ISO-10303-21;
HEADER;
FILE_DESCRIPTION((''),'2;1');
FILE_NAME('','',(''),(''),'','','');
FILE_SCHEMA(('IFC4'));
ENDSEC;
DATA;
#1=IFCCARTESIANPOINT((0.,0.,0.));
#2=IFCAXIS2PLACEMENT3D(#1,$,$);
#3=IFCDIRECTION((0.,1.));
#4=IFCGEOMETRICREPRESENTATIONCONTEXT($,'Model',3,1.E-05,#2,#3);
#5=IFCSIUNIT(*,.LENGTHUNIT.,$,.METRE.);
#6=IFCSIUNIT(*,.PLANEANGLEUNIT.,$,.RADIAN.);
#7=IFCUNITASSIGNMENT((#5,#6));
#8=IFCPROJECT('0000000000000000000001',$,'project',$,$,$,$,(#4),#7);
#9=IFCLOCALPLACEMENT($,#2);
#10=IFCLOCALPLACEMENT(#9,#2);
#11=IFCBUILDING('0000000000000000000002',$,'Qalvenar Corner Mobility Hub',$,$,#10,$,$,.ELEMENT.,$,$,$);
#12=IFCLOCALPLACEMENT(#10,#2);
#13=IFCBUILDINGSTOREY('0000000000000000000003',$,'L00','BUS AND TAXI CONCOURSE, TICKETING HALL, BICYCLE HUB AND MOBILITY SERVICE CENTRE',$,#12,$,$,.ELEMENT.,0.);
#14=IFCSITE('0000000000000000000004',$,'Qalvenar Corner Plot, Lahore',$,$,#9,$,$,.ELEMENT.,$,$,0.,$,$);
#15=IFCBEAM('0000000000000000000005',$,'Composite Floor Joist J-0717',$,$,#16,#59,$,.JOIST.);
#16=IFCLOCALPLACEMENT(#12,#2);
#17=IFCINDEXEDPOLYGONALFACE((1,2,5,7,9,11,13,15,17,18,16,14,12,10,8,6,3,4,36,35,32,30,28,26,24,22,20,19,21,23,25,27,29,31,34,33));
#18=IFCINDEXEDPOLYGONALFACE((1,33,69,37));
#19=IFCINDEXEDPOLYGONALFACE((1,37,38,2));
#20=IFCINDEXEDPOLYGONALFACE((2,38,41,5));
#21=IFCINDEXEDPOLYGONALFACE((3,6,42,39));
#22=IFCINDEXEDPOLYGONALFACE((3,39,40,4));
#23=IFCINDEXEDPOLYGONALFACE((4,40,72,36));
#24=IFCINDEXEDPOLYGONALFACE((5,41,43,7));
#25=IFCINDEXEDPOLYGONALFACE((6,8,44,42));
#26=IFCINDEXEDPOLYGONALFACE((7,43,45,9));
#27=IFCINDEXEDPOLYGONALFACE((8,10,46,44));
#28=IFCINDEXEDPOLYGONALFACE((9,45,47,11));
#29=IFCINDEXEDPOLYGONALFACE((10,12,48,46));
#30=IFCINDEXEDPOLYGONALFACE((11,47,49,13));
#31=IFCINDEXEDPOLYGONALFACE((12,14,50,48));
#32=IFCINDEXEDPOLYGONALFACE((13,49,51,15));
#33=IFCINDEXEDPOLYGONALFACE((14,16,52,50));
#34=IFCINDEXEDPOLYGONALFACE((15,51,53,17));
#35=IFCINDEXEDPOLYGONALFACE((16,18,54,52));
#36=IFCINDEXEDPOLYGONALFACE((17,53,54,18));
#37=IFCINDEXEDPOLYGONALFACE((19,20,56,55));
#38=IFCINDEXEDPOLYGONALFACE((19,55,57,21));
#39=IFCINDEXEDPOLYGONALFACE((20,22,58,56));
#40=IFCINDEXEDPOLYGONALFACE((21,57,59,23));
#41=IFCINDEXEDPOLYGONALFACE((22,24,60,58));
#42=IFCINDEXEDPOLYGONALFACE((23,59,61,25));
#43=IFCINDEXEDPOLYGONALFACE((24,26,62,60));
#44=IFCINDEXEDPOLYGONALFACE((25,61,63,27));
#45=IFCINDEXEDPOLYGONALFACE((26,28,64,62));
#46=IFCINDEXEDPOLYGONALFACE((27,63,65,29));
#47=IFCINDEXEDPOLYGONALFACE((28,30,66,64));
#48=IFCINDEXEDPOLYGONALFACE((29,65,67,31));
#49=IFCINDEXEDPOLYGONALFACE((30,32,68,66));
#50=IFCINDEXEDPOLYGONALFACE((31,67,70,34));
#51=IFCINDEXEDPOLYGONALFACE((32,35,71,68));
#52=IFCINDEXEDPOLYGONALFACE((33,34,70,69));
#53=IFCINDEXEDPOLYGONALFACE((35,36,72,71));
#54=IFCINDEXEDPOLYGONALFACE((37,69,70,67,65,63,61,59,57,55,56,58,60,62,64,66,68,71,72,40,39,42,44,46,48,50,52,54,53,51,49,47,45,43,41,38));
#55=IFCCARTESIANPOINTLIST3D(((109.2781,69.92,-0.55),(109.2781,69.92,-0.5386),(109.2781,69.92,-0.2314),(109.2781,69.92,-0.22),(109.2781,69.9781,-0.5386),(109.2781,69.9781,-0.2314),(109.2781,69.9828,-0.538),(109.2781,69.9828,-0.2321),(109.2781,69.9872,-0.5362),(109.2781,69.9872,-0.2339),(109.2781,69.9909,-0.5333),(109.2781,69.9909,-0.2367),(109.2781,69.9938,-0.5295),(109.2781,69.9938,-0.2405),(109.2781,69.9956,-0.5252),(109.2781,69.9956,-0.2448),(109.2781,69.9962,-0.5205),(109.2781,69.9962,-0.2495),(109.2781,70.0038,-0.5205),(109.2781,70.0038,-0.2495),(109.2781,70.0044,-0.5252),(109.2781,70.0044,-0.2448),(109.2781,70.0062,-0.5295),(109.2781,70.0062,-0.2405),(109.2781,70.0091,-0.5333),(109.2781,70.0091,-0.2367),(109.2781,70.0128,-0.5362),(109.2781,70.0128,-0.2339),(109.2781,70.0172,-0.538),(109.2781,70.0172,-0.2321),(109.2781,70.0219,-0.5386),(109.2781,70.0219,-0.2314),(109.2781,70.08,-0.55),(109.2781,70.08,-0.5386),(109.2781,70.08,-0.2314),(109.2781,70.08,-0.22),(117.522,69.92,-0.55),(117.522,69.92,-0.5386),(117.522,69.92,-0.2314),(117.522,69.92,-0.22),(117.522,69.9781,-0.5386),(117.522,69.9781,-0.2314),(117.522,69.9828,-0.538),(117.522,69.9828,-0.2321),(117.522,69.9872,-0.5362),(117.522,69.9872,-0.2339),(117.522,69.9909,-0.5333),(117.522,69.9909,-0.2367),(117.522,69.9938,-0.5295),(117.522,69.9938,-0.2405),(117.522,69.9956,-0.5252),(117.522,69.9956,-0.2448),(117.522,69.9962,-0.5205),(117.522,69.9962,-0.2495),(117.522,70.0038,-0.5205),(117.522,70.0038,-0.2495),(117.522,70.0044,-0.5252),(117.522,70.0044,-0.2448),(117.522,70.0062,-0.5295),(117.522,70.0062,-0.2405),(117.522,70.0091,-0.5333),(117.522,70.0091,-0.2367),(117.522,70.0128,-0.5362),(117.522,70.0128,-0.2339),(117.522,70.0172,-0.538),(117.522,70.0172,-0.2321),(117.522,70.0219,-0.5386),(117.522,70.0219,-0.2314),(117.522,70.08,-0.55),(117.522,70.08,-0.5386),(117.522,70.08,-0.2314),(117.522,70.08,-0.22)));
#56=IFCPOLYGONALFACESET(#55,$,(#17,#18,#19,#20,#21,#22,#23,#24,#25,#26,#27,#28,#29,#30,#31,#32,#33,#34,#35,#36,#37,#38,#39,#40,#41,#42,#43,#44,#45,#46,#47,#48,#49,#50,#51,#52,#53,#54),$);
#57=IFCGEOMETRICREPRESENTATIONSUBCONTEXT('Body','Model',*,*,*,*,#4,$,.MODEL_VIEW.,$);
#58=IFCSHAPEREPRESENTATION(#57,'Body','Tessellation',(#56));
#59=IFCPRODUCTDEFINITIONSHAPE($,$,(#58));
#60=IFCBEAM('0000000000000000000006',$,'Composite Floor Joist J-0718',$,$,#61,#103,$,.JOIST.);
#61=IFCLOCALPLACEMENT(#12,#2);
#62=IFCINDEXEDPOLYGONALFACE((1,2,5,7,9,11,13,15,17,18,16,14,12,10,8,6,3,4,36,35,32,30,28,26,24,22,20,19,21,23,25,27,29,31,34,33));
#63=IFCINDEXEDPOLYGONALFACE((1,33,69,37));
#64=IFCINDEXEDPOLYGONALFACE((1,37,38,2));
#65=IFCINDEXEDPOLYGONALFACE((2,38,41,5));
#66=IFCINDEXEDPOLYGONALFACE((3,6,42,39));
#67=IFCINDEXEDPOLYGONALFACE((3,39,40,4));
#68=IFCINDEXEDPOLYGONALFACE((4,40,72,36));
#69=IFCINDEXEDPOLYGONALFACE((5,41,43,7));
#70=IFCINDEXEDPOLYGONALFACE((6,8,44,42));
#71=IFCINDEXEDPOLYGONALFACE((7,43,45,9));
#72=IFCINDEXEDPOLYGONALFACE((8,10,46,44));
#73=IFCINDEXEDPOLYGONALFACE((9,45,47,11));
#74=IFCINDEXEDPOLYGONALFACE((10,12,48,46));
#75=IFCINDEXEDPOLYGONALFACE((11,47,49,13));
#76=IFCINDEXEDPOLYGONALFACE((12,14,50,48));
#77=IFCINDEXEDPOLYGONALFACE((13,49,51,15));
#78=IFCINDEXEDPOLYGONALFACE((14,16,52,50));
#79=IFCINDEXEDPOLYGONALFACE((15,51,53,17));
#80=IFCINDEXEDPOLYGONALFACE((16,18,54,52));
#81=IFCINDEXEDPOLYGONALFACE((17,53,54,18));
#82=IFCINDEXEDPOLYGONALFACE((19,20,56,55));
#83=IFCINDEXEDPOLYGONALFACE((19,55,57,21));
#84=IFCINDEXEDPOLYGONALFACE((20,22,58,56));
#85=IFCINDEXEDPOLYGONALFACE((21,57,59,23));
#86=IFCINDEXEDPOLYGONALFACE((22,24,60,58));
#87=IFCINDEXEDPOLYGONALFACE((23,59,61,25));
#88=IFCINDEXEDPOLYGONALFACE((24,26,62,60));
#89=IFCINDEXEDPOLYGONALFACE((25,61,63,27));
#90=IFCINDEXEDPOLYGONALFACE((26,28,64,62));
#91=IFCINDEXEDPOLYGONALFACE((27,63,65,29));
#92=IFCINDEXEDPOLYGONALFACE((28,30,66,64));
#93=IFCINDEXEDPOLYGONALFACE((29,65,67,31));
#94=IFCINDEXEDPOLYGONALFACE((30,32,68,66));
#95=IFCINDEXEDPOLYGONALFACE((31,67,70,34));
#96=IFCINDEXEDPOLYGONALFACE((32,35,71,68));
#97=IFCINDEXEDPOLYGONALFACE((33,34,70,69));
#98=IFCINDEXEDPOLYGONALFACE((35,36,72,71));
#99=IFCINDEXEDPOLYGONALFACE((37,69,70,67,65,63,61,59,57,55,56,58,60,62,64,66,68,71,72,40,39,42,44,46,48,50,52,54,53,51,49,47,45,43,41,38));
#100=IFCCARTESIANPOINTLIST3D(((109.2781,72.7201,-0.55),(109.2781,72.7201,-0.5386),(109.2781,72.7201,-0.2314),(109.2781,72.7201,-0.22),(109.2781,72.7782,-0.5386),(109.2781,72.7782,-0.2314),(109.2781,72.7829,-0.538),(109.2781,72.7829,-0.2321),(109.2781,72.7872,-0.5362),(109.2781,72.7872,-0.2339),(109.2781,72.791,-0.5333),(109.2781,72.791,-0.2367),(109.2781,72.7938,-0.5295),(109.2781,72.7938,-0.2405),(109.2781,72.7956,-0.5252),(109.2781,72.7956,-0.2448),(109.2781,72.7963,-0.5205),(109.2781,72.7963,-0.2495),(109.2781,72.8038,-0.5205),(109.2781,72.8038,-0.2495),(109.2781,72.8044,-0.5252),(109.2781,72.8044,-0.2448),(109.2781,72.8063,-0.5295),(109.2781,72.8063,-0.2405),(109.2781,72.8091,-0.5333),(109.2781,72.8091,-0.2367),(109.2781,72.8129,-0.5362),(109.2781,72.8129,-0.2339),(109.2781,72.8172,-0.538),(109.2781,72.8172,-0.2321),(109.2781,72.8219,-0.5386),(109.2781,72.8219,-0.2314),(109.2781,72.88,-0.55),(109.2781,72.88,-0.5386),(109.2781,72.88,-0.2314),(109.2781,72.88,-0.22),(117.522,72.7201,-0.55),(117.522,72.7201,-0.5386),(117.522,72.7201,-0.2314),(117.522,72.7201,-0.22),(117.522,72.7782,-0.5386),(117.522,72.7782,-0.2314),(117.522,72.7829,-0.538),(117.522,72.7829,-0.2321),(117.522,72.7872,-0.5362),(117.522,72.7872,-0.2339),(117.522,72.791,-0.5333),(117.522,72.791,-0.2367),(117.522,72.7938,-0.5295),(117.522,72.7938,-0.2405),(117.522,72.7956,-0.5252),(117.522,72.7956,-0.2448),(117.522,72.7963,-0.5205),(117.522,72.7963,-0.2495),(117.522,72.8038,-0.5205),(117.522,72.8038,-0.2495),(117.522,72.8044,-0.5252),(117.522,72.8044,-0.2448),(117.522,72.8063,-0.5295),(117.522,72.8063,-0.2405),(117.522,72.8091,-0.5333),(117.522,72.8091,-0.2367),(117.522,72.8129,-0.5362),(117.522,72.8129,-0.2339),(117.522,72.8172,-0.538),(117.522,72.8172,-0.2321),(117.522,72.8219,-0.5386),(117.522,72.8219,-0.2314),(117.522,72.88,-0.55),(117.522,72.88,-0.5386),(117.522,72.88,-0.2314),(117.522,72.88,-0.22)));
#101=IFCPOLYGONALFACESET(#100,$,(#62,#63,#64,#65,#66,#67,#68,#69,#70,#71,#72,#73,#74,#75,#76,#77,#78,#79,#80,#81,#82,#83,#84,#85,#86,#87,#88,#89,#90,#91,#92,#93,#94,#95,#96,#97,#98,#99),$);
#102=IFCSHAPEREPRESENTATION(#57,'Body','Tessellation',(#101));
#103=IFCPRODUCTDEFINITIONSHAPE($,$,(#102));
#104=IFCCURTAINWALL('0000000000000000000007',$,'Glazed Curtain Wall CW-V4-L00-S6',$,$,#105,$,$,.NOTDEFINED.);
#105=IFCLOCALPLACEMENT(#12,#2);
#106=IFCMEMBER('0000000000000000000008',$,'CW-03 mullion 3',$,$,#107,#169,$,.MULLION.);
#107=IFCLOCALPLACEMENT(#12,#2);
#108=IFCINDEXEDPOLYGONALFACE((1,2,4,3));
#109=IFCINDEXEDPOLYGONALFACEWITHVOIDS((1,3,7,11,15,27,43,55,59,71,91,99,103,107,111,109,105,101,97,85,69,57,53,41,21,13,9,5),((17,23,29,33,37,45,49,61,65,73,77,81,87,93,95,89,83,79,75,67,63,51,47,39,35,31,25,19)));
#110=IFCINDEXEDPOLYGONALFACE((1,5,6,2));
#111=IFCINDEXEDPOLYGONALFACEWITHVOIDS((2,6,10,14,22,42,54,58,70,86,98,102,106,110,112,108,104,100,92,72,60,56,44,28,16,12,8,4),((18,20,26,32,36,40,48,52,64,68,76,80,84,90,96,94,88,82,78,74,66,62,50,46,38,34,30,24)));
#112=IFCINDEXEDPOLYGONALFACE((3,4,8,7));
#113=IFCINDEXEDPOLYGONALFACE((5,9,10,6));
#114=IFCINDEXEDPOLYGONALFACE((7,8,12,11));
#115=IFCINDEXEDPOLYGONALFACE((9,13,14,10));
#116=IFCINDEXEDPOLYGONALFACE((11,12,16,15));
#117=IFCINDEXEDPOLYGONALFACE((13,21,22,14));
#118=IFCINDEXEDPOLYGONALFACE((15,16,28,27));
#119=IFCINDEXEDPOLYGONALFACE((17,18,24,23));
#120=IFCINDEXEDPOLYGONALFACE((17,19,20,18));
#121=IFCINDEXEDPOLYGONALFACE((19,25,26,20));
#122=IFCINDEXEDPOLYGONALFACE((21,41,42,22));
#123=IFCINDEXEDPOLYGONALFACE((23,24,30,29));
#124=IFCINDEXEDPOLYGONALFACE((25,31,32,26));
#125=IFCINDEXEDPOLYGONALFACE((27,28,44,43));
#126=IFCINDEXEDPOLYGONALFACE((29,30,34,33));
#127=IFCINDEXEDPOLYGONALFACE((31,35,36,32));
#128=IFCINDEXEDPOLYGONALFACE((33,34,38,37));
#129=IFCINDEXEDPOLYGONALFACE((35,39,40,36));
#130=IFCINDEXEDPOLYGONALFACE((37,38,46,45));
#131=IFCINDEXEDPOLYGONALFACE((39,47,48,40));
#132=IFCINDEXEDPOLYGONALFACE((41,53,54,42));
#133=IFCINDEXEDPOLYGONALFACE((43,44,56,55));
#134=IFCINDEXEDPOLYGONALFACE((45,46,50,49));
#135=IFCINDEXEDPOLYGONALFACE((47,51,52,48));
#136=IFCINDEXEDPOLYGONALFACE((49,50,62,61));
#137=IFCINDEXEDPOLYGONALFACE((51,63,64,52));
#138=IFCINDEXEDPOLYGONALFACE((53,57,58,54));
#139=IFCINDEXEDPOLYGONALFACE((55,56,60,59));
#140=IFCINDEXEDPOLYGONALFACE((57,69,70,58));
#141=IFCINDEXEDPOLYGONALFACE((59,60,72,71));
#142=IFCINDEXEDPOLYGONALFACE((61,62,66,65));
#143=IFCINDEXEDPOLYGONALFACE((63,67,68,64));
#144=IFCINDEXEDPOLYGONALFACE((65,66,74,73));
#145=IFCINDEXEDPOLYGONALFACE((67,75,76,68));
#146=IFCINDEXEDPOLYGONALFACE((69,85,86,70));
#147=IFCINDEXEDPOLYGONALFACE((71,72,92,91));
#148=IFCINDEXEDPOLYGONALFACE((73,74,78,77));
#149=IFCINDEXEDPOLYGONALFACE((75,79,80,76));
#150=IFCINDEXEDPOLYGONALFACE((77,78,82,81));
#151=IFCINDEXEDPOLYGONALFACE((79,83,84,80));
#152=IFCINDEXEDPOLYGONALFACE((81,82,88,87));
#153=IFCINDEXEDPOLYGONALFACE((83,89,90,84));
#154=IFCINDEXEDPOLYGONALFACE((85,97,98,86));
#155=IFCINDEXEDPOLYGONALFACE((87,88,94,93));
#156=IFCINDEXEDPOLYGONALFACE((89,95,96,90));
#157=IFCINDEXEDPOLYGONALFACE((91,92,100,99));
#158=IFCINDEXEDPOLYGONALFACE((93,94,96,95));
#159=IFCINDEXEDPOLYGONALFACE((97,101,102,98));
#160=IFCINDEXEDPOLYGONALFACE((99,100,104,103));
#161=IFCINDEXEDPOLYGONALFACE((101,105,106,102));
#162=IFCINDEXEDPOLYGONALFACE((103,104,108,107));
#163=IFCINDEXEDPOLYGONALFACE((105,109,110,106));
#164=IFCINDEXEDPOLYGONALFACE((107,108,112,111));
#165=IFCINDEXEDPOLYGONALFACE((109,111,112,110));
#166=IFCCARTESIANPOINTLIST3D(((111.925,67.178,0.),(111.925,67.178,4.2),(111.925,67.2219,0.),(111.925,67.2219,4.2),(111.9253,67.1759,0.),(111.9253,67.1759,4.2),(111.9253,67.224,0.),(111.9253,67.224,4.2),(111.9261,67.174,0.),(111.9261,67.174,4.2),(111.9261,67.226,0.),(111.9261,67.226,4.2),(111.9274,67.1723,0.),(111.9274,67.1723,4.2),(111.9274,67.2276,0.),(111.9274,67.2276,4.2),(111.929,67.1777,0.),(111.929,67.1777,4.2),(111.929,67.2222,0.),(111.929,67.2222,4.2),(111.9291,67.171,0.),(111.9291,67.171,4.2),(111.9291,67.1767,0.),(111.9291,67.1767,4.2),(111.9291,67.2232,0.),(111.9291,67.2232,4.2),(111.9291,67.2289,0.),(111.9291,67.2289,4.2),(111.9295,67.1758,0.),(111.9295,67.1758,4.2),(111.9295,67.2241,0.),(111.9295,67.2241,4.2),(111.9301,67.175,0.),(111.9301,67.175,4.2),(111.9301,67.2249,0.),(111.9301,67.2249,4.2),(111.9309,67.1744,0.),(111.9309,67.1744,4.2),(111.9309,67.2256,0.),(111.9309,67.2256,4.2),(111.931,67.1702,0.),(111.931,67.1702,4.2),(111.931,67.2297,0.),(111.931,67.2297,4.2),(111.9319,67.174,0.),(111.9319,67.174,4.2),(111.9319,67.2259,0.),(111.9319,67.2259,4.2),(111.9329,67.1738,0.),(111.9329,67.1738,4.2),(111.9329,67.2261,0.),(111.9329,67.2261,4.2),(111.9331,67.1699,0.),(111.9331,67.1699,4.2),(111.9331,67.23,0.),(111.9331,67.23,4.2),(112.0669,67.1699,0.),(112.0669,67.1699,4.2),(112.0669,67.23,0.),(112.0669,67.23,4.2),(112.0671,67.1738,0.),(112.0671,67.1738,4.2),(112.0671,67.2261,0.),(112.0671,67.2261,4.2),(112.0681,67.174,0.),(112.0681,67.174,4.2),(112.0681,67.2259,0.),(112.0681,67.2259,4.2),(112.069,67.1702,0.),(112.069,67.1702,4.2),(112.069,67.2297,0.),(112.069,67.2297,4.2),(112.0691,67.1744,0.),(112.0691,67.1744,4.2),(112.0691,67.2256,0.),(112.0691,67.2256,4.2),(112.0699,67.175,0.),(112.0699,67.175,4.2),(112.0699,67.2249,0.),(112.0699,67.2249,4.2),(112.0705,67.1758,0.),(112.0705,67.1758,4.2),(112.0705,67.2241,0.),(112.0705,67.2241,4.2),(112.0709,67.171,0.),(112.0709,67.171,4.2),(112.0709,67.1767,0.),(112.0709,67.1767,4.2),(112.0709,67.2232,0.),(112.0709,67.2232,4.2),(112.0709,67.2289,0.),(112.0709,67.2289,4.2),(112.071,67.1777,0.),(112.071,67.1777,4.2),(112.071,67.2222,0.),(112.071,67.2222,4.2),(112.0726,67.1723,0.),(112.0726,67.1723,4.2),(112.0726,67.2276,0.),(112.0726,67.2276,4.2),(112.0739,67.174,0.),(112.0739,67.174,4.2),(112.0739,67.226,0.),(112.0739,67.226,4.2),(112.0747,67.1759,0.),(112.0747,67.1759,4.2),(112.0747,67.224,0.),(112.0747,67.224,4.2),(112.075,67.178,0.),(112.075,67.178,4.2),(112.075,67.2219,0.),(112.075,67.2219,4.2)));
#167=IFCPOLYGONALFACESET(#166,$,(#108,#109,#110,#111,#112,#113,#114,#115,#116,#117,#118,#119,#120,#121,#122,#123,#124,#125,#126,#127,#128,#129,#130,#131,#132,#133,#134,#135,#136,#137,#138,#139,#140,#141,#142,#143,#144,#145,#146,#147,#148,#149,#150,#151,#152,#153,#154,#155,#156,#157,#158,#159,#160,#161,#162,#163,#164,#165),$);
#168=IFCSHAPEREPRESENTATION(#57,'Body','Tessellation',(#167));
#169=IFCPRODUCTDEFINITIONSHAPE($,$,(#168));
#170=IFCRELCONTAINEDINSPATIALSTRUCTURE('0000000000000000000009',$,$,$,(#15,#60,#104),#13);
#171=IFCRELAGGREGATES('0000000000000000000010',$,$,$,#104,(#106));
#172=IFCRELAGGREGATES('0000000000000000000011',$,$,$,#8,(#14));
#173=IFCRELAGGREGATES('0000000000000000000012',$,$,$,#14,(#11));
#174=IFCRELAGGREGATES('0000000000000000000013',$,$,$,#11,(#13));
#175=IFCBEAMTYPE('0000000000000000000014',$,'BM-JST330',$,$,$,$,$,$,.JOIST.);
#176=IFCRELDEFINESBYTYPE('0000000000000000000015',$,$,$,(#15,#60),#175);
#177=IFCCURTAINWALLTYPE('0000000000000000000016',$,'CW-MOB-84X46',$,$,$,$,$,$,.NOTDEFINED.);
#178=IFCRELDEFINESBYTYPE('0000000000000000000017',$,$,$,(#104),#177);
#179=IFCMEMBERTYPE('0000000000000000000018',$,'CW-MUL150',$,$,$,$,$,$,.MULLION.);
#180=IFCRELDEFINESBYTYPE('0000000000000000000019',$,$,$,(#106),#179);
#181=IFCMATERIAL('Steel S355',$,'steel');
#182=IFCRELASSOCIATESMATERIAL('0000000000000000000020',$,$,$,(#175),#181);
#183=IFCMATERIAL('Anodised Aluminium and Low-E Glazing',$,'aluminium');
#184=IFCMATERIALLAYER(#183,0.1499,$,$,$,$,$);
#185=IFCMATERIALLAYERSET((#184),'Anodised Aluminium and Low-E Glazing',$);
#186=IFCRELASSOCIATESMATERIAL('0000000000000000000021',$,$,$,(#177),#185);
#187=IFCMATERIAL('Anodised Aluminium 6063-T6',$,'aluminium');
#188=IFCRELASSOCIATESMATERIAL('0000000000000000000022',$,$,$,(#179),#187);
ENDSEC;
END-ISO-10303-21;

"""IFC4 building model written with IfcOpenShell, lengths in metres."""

from ifc_helpers import new_model, si_unit, direction, frame, origin, origin_2d, place, context, subcontext, project, spatial, hollow_rectangle, i_section, extrude, material, layer, layer_set, material_profile, profile_set, type_object, element, aggregate, save


model = new_model("IFC4")

# Units and contexts
model_context = context("Model", 3, precision=1e-05, world=origin(), true_north=direction((0.0, 1.0)))
body_context = subcontext(model_context, "Body", "Model", "MODEL_VIEW")
ifc_project = project(units=[si_unit("LENGTHUNIT", "METRE"), si_unit("PLANEANGLEUNIT", "RADIAN")], contexts=[model_context])

# Site, building, storey
site_placement = place(None, origin())
site = spatial("IfcSite", under=ifc_project, at=site_placement, Name="Qalvenar Corner Plot, Lahore", CompositionType="ELEMENT", RefElevation=0.0)
building_placement = place(site_placement, origin())
building = spatial("IfcBuilding", under=site, at=building_placement, Name="Qalvenar Corner Mobility Hub", CompositionType="ELEMENT")
storey_placement = place(building_placement, origin())
storey = spatial("IfcBuildingStorey", under=building, at=storey_placement, Name="L00", Description="BUS AND TAXI CONCOURSE, TICKETING HALL, BICYCLE HUB AND MOBILITY SERVICE CENTRE", CompositionType="ELEMENT", Elevation=0.0)

# Shared definitions
ifc_material_1 = material(Name="Steel S355", Category="steel")

# Beams
ifc_material_profile_1 = material_profile(ifc_material_1, i_section(OverallWidth=0.1599, OverallDepth=0.3301, WebThickness=0.0076, FlangeThickness=0.0115, FilletRadius=0.0181, at=origin_2d()), Name="IPE330")
ifc_profile_set_1 = profile_set([ifc_material_profile_1], Name="Steel S355")
beam_type_1 = type_object("IfcBeamType", Name="BM-JST330", PredefinedType="JOIST", material=ifc_profile_set_1)
for number, where, z_axis, x_axis, name in (
    (1, (109.2781, 70.0, -0.385), (1.0, 0.0, 0.0), (0.0, 1.0, 0.0), "Composite Floor Joist J-0717"),
    (2, (109.2781, 72.8, -0.385), (1.0, 0.0, 0.0), (0.0, 1.0, 0.0), "Composite Floor Joist J-0718"),
):
    element("IfcBeam", number, at=place(storey_placement, frame(where, z_axis=z_axis, x_axis=x_axis)), inside=storey, type_object=beam_type_1, Name=name, PredefinedType="JOIST", context=body_context, shape_type="SweptSolid", body=[
        extrude(i_section(OverallWidth=0.1599, OverallDepth=0.3301, WebThickness=0.0076, FlangeThickness=0.0115, FilletRadius=0.0181, at=origin_2d()), origin(), (0.0, 0.0, 1.0), 8.2439),
    ])

# Curtain wall, member
ifc_material_2 = material(Name="Anodised Aluminium and Low-E Glazing", Category="aluminium")
ifc_layer_1 = layer(ifc_material_2, 0.1499)
ifc_layer_set_1 = layer_set([ifc_layer_1], Name="Anodised Aluminium and Low-E Glazing")
curtain_wall_type = type_object("IfcCurtainWallType", Name="CW-MOB-84X46", PredefinedType="NOTDEFINED", material=ifc_layer_set_1)
curtain_wall_placement = place(storey_placement, origin())
curtain_wall = element("IfcCurtainWall", 3, at=curtain_wall_placement, inside=storey, type_object=curtain_wall_type, Name="Glazed Curtain Wall CW-V4-L00-S6", PredefinedType="NOTDEFINED")
ifc_material_3 = material(Name="Anodised Aluminium 6063-T6", Category="aluminium")
ifc_material_profile_2 = material_profile(ifc_material_3, hollow_rectangle(XDim=0.0601, YDim=0.1499, WallThickness=0.0039, InnerFilletRadius=0.0039, OuterFilletRadius=0.0081, at=origin_2d()), Name="RHS150x60x4")
ifc_profile_set_2 = profile_set([ifc_material_profile_2], Name="Anodised Aluminium 6063-T6")
member_type_1 = type_object("IfcMemberType", Name="CW-MUL150", PredefinedType="MULLION", material=ifc_profile_set_2)
member_1_placement = place(storey_placement, frame((112.0, 67.2, 0.0), z_axis=(0.0, 0.0, 1.0), x_axis=(0.0, 1.0, 0.0)))
member_1 = element("IfcMember", 4, at=member_1_placement, type_object=member_type_1, Name="CW-03 mullion 3", PredefinedType="MULLION", context=body_context, shape_type="SweptSolid", body=[
    extrude(hollow_rectangle(XDim=0.0601, YDim=0.1499, WallThickness=0.0039, InnerFilletRadius=0.0039, OuterFilletRadius=0.0081, at=origin_2d()), origin(), (0.0, 0.0, 1.0), 4.2),
])
aggregate(curtain_wall, [member_1])

save(model, "model.ifc")
